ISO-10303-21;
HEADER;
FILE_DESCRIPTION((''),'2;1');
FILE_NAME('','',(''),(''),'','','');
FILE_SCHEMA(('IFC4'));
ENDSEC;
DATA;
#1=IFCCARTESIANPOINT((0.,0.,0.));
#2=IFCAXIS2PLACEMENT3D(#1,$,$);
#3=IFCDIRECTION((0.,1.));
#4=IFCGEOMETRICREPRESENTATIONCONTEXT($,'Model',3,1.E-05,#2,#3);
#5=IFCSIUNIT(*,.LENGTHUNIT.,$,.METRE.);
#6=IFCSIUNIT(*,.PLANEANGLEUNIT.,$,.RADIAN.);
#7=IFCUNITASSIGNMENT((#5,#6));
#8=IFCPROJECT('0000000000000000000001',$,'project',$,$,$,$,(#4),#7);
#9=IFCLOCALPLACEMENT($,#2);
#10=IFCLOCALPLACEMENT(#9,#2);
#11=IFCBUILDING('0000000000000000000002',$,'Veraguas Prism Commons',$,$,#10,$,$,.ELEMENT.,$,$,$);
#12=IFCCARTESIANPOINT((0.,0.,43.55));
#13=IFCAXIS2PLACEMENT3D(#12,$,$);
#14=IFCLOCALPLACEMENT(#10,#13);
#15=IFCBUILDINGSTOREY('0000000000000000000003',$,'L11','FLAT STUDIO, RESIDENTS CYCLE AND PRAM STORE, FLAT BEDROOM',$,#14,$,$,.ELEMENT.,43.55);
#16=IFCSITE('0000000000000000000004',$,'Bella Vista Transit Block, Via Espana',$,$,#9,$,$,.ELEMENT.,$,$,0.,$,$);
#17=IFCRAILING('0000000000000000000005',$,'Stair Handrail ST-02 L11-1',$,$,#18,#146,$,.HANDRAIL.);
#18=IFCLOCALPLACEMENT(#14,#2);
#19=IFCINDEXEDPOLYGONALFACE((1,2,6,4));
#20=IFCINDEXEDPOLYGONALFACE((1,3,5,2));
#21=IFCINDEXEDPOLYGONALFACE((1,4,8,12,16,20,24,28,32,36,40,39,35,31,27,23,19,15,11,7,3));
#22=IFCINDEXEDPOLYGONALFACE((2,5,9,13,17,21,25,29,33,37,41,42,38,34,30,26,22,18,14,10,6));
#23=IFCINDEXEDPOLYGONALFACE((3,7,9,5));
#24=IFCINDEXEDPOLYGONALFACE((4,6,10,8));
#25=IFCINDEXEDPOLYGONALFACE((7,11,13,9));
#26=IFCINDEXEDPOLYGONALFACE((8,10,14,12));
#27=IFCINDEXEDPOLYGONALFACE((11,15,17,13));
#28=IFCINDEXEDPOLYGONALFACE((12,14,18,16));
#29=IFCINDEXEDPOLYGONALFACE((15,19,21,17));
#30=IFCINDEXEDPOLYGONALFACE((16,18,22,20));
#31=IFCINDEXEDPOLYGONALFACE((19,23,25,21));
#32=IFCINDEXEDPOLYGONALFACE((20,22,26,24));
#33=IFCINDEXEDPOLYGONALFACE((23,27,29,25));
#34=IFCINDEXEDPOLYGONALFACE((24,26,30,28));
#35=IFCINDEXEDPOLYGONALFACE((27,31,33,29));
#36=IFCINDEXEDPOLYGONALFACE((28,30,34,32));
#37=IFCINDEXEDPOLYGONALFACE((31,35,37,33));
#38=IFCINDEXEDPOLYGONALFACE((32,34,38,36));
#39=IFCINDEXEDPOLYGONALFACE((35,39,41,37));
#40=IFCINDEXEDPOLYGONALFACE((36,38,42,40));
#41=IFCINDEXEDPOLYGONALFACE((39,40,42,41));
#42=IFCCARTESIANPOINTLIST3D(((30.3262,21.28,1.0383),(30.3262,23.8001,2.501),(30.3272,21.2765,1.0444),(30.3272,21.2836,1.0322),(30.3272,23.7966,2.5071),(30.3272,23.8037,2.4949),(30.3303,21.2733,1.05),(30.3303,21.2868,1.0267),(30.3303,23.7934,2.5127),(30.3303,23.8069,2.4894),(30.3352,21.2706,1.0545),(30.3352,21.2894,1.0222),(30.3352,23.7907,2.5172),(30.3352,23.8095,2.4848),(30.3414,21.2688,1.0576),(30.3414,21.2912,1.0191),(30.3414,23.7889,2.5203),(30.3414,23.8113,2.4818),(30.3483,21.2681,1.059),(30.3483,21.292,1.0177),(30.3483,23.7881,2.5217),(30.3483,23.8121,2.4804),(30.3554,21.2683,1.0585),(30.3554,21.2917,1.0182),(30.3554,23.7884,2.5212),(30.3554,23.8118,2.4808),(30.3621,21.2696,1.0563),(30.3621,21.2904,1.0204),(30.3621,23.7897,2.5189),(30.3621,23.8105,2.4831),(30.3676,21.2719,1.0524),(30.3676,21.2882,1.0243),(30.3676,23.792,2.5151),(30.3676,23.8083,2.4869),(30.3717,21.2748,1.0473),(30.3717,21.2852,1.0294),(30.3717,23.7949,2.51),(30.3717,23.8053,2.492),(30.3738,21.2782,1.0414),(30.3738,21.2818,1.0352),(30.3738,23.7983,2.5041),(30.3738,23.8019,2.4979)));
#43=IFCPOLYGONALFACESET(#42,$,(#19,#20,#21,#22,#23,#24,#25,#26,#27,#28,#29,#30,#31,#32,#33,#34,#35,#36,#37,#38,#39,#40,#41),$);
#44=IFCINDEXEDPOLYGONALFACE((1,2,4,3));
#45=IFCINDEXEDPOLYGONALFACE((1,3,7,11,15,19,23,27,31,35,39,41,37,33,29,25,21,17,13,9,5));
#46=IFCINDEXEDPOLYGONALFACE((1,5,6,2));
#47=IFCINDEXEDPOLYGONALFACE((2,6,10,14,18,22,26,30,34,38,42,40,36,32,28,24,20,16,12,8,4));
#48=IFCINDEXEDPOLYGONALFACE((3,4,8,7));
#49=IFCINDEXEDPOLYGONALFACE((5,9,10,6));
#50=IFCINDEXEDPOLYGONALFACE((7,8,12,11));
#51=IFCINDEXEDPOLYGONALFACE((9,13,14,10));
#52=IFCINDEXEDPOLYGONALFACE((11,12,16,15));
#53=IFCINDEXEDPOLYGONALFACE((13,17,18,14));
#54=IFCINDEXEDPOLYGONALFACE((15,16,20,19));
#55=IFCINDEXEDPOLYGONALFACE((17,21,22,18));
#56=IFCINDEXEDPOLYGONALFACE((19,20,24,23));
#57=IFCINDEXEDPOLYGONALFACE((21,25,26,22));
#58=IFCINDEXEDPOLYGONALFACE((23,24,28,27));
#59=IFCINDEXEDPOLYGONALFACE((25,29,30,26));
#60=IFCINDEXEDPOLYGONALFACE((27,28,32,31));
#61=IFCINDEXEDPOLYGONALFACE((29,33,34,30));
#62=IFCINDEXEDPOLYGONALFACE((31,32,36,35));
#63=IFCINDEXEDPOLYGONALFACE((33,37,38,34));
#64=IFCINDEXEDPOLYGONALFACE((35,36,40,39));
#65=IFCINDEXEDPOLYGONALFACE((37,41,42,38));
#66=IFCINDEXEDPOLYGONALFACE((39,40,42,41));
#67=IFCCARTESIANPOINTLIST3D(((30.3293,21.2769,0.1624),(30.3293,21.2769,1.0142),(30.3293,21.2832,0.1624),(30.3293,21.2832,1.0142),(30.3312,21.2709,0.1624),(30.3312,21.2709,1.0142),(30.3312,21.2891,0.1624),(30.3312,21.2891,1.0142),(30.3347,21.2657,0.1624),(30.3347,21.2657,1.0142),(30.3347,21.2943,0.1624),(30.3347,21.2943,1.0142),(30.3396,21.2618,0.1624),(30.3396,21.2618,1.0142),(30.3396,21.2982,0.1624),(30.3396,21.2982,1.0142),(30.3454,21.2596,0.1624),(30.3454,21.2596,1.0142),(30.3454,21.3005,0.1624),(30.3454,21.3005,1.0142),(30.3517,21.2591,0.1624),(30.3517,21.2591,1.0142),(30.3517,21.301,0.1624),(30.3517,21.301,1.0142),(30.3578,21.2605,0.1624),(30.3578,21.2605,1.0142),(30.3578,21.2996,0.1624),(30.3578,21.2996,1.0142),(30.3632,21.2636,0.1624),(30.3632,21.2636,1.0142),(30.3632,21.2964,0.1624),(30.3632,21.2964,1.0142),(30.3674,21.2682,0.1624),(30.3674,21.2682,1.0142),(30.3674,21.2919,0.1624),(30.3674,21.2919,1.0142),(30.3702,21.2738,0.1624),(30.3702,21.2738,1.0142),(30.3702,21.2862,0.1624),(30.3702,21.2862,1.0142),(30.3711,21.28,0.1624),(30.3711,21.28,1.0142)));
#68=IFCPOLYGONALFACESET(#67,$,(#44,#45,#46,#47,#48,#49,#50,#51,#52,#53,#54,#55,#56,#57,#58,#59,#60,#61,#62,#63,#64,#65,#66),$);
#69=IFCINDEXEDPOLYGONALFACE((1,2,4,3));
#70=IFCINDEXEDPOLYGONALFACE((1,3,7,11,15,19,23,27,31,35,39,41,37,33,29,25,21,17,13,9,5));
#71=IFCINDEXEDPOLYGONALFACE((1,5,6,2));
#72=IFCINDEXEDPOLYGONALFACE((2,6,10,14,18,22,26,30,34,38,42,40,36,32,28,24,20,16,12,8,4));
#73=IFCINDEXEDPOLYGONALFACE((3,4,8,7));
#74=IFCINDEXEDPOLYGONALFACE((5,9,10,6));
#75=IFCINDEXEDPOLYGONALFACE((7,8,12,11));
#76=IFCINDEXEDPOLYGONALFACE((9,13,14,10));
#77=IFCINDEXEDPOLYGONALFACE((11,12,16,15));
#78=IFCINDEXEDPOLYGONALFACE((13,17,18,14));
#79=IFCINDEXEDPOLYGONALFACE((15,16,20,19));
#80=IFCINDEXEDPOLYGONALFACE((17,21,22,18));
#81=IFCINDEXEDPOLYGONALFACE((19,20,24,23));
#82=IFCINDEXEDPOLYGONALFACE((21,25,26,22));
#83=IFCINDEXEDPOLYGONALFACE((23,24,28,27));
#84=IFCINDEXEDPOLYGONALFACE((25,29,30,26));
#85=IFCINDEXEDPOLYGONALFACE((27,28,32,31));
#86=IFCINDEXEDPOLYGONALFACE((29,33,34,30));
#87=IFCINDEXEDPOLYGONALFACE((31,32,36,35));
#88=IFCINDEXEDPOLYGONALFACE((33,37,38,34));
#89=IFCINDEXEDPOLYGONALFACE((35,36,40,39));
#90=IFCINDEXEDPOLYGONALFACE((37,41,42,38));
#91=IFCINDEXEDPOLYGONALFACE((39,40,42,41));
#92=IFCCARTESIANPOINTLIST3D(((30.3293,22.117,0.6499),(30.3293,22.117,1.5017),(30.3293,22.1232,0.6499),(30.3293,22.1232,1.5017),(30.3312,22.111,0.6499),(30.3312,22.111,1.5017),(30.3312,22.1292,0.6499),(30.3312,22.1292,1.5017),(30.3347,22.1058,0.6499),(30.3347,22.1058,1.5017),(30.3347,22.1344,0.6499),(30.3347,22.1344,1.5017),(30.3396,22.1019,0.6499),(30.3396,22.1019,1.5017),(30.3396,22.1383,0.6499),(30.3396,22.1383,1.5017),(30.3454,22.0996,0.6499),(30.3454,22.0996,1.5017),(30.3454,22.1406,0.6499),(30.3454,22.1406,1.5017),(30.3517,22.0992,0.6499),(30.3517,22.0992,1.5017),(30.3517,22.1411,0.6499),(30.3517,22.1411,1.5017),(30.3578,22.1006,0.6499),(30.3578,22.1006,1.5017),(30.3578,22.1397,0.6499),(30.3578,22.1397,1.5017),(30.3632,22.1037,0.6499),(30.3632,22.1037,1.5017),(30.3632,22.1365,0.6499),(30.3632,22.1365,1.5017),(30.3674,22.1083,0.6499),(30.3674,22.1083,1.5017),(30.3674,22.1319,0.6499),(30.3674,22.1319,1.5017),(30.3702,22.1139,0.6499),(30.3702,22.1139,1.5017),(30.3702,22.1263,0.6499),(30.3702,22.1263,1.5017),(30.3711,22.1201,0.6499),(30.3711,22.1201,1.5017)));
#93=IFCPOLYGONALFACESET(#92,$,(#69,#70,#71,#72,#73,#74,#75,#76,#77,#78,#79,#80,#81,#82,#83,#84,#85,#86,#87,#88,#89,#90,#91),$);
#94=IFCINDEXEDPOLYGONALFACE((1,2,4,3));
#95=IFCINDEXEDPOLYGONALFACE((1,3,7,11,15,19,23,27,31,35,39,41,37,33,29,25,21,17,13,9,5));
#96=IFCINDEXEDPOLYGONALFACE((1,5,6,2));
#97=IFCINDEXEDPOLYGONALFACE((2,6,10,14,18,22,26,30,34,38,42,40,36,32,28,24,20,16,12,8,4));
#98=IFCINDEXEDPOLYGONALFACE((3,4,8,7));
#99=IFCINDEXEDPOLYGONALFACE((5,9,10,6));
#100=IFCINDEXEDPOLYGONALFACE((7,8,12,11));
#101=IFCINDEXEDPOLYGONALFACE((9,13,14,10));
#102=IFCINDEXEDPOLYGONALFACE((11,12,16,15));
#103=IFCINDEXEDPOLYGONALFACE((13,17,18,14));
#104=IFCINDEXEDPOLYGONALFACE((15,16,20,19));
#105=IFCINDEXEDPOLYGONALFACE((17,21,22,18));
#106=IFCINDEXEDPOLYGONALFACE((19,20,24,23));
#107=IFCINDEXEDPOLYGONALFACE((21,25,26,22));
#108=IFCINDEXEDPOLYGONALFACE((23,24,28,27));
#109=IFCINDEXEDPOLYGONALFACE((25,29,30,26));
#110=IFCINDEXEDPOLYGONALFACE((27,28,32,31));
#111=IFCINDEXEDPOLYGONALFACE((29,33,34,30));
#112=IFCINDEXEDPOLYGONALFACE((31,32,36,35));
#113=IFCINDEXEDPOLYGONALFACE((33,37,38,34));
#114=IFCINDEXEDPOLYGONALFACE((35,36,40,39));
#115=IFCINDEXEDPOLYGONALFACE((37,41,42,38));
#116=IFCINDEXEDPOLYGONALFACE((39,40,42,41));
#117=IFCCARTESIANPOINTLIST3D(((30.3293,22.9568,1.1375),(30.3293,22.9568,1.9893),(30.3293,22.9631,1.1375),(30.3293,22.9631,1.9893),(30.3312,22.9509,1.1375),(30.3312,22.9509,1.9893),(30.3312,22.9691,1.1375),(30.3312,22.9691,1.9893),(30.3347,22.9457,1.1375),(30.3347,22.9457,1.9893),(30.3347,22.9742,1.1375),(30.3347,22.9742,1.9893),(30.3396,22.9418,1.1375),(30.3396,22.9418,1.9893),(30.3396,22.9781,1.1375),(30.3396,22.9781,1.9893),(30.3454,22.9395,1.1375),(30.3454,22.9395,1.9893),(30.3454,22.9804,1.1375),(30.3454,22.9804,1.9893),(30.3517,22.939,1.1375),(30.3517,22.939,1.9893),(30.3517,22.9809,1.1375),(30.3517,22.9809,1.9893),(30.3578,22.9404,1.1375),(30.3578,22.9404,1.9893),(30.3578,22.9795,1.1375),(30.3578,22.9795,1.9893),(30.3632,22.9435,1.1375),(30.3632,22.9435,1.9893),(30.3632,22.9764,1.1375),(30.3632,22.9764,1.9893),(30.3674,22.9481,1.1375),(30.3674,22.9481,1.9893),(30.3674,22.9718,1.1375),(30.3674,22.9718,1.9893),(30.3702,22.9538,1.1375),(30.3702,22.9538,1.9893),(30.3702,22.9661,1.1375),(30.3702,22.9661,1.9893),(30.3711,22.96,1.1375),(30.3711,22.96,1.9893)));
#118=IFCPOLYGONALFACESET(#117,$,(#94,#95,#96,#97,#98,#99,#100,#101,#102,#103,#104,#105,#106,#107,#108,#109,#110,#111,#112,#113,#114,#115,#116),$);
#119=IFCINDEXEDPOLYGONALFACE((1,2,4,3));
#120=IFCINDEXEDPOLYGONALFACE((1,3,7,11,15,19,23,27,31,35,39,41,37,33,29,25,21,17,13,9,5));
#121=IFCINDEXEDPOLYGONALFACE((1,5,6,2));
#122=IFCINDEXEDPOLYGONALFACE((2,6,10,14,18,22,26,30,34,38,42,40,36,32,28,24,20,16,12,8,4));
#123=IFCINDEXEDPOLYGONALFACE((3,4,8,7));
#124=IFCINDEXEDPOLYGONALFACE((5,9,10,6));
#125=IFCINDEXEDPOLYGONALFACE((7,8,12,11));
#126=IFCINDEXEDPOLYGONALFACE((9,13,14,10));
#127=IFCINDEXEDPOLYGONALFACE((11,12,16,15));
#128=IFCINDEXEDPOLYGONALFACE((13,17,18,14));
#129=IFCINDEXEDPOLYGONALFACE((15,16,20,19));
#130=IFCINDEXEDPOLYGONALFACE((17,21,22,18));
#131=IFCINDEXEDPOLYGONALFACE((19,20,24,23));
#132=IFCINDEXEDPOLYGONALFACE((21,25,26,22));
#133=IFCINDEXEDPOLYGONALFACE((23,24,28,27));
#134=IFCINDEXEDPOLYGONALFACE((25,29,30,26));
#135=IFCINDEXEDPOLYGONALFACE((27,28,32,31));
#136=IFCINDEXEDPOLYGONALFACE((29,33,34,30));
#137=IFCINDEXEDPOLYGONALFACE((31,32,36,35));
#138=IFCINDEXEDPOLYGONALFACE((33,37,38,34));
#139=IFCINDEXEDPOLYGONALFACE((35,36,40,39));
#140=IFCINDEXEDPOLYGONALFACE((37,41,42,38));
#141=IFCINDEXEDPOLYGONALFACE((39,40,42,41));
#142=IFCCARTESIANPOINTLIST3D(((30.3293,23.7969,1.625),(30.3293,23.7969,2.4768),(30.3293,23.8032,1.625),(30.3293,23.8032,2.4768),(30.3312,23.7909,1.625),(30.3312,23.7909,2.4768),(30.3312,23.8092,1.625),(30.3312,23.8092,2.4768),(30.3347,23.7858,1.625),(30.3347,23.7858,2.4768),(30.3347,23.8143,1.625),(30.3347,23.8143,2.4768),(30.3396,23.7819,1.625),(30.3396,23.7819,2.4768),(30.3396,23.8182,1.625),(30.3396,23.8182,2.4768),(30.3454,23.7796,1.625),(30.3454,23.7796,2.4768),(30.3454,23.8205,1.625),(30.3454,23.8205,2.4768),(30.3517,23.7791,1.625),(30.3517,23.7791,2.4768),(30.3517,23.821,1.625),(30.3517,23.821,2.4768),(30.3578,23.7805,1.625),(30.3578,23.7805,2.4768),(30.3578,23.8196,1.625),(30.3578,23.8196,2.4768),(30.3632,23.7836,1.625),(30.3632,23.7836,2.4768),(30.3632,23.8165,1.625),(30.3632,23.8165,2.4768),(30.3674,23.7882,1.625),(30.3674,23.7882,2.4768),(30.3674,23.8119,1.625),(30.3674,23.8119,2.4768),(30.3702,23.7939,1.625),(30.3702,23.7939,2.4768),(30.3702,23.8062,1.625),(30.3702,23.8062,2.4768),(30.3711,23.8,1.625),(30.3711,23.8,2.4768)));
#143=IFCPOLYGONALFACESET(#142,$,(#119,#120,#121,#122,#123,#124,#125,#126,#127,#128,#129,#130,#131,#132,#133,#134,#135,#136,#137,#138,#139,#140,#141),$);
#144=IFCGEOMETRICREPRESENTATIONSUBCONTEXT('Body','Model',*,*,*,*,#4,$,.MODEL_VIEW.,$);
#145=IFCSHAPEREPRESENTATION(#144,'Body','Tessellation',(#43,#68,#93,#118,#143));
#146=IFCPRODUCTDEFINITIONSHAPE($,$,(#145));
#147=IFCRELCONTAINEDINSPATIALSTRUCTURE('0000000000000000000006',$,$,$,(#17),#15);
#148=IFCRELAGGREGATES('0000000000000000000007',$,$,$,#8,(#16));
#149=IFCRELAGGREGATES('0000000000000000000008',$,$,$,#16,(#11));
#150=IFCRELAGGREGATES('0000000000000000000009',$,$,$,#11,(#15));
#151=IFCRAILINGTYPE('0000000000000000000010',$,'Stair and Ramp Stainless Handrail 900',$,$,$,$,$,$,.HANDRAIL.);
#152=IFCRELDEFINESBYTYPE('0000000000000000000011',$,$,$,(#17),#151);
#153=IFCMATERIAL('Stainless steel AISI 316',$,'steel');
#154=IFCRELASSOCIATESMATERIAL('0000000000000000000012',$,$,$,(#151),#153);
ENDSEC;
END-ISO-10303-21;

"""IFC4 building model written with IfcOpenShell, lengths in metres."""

from ifc_helpers import new_model, si_unit, direction, frame, origin, origin_2d, place, context, subcontext, project, spatial, circle, extrude, material, type_object, element, save


model = new_model("IFC4")

# Units and contexts
model_context = context("Model", 3, precision=1e-05, world=origin(), true_north=direction((0.0, 1.0)))
body_context = subcontext(model_context, "Body", "Model", "MODEL_VIEW")
ifc_project = project(units=[si_unit("LENGTHUNIT", "METRE"), si_unit("PLANEANGLEUNIT", "RADIAN")], contexts=[model_context])

# Site, building, storey
site_placement = place(None, origin())
site = spatial("IfcSite", under=ifc_project, at=site_placement, Name="Bella Vista Transit Block, Via Espana", CompositionType="ELEMENT", RefElevation=0.0)
building_placement = place(site_placement, origin())
building = spatial("IfcBuilding", under=site, at=building_placement, Name="Veraguas Prism Commons", CompositionType="ELEMENT")
storey_placement = place(building_placement, frame((0.0, 0.0, 43.55)))
storey = spatial("IfcBuildingStorey", under=building, at=storey_placement, Name="L11", Description="FLAT STUDIO, RESIDENTS CYCLE AND PRAM STORE, FLAT BEDROOM", CompositionType="ELEMENT", Elevation=43.55)

# Shared definitions
ifc_material_1 = material(Name="Stainless steel AISI 316", Category="steel")

# Railing
railing_type_1 = type_object("IfcRailingType", Name="Stair and Ramp Stainless Handrail 900", PredefinedType="HANDRAIL", material=ifc_material_1)
railing_1_placement = place(storey_placement, frame((30.3501, 21.28, 0.1624)))
element("IfcRailing", 1, at=railing_1_placement, inside=storey, type_object=railing_type_1, Name="Stair Handrail ST-02 L11-1", PredefinedType="HANDRAIL", context=body_context, shape_type="SweptSolid", body=[
    extrude(circle(Radius=0.0239, at=origin_2d()), frame((0.0, 0.0, 0.876), z_axis=(0.0, 0.864877, 0.501984), x_axis=(-1.0, 0.0, 0.0)), (0.0, 0.0, 1.0), 2.9138),
    extrude(circle(Radius=0.021, at=origin_2d()), origin(), (0.0, 0.0, 1.0), 0.8518),
    extrude(circle(Radius=0.021, at=origin_2d()), frame((0.0, 0.8401, 0.4875)), (0.0, 0.0, 1.0), 0.8518),
    extrude(circle(Radius=0.021, at=origin_2d()), frame((0.0, 1.6799, 0.9751)), (0.0, 0.0, 1.0), 0.8518),
    extrude(circle(Radius=0.021, at=origin_2d()), frame((0.0, 2.52, 1.4626)), (0.0, 0.0, 1.0), 0.8518),
])

save(model, "model.ifc")
